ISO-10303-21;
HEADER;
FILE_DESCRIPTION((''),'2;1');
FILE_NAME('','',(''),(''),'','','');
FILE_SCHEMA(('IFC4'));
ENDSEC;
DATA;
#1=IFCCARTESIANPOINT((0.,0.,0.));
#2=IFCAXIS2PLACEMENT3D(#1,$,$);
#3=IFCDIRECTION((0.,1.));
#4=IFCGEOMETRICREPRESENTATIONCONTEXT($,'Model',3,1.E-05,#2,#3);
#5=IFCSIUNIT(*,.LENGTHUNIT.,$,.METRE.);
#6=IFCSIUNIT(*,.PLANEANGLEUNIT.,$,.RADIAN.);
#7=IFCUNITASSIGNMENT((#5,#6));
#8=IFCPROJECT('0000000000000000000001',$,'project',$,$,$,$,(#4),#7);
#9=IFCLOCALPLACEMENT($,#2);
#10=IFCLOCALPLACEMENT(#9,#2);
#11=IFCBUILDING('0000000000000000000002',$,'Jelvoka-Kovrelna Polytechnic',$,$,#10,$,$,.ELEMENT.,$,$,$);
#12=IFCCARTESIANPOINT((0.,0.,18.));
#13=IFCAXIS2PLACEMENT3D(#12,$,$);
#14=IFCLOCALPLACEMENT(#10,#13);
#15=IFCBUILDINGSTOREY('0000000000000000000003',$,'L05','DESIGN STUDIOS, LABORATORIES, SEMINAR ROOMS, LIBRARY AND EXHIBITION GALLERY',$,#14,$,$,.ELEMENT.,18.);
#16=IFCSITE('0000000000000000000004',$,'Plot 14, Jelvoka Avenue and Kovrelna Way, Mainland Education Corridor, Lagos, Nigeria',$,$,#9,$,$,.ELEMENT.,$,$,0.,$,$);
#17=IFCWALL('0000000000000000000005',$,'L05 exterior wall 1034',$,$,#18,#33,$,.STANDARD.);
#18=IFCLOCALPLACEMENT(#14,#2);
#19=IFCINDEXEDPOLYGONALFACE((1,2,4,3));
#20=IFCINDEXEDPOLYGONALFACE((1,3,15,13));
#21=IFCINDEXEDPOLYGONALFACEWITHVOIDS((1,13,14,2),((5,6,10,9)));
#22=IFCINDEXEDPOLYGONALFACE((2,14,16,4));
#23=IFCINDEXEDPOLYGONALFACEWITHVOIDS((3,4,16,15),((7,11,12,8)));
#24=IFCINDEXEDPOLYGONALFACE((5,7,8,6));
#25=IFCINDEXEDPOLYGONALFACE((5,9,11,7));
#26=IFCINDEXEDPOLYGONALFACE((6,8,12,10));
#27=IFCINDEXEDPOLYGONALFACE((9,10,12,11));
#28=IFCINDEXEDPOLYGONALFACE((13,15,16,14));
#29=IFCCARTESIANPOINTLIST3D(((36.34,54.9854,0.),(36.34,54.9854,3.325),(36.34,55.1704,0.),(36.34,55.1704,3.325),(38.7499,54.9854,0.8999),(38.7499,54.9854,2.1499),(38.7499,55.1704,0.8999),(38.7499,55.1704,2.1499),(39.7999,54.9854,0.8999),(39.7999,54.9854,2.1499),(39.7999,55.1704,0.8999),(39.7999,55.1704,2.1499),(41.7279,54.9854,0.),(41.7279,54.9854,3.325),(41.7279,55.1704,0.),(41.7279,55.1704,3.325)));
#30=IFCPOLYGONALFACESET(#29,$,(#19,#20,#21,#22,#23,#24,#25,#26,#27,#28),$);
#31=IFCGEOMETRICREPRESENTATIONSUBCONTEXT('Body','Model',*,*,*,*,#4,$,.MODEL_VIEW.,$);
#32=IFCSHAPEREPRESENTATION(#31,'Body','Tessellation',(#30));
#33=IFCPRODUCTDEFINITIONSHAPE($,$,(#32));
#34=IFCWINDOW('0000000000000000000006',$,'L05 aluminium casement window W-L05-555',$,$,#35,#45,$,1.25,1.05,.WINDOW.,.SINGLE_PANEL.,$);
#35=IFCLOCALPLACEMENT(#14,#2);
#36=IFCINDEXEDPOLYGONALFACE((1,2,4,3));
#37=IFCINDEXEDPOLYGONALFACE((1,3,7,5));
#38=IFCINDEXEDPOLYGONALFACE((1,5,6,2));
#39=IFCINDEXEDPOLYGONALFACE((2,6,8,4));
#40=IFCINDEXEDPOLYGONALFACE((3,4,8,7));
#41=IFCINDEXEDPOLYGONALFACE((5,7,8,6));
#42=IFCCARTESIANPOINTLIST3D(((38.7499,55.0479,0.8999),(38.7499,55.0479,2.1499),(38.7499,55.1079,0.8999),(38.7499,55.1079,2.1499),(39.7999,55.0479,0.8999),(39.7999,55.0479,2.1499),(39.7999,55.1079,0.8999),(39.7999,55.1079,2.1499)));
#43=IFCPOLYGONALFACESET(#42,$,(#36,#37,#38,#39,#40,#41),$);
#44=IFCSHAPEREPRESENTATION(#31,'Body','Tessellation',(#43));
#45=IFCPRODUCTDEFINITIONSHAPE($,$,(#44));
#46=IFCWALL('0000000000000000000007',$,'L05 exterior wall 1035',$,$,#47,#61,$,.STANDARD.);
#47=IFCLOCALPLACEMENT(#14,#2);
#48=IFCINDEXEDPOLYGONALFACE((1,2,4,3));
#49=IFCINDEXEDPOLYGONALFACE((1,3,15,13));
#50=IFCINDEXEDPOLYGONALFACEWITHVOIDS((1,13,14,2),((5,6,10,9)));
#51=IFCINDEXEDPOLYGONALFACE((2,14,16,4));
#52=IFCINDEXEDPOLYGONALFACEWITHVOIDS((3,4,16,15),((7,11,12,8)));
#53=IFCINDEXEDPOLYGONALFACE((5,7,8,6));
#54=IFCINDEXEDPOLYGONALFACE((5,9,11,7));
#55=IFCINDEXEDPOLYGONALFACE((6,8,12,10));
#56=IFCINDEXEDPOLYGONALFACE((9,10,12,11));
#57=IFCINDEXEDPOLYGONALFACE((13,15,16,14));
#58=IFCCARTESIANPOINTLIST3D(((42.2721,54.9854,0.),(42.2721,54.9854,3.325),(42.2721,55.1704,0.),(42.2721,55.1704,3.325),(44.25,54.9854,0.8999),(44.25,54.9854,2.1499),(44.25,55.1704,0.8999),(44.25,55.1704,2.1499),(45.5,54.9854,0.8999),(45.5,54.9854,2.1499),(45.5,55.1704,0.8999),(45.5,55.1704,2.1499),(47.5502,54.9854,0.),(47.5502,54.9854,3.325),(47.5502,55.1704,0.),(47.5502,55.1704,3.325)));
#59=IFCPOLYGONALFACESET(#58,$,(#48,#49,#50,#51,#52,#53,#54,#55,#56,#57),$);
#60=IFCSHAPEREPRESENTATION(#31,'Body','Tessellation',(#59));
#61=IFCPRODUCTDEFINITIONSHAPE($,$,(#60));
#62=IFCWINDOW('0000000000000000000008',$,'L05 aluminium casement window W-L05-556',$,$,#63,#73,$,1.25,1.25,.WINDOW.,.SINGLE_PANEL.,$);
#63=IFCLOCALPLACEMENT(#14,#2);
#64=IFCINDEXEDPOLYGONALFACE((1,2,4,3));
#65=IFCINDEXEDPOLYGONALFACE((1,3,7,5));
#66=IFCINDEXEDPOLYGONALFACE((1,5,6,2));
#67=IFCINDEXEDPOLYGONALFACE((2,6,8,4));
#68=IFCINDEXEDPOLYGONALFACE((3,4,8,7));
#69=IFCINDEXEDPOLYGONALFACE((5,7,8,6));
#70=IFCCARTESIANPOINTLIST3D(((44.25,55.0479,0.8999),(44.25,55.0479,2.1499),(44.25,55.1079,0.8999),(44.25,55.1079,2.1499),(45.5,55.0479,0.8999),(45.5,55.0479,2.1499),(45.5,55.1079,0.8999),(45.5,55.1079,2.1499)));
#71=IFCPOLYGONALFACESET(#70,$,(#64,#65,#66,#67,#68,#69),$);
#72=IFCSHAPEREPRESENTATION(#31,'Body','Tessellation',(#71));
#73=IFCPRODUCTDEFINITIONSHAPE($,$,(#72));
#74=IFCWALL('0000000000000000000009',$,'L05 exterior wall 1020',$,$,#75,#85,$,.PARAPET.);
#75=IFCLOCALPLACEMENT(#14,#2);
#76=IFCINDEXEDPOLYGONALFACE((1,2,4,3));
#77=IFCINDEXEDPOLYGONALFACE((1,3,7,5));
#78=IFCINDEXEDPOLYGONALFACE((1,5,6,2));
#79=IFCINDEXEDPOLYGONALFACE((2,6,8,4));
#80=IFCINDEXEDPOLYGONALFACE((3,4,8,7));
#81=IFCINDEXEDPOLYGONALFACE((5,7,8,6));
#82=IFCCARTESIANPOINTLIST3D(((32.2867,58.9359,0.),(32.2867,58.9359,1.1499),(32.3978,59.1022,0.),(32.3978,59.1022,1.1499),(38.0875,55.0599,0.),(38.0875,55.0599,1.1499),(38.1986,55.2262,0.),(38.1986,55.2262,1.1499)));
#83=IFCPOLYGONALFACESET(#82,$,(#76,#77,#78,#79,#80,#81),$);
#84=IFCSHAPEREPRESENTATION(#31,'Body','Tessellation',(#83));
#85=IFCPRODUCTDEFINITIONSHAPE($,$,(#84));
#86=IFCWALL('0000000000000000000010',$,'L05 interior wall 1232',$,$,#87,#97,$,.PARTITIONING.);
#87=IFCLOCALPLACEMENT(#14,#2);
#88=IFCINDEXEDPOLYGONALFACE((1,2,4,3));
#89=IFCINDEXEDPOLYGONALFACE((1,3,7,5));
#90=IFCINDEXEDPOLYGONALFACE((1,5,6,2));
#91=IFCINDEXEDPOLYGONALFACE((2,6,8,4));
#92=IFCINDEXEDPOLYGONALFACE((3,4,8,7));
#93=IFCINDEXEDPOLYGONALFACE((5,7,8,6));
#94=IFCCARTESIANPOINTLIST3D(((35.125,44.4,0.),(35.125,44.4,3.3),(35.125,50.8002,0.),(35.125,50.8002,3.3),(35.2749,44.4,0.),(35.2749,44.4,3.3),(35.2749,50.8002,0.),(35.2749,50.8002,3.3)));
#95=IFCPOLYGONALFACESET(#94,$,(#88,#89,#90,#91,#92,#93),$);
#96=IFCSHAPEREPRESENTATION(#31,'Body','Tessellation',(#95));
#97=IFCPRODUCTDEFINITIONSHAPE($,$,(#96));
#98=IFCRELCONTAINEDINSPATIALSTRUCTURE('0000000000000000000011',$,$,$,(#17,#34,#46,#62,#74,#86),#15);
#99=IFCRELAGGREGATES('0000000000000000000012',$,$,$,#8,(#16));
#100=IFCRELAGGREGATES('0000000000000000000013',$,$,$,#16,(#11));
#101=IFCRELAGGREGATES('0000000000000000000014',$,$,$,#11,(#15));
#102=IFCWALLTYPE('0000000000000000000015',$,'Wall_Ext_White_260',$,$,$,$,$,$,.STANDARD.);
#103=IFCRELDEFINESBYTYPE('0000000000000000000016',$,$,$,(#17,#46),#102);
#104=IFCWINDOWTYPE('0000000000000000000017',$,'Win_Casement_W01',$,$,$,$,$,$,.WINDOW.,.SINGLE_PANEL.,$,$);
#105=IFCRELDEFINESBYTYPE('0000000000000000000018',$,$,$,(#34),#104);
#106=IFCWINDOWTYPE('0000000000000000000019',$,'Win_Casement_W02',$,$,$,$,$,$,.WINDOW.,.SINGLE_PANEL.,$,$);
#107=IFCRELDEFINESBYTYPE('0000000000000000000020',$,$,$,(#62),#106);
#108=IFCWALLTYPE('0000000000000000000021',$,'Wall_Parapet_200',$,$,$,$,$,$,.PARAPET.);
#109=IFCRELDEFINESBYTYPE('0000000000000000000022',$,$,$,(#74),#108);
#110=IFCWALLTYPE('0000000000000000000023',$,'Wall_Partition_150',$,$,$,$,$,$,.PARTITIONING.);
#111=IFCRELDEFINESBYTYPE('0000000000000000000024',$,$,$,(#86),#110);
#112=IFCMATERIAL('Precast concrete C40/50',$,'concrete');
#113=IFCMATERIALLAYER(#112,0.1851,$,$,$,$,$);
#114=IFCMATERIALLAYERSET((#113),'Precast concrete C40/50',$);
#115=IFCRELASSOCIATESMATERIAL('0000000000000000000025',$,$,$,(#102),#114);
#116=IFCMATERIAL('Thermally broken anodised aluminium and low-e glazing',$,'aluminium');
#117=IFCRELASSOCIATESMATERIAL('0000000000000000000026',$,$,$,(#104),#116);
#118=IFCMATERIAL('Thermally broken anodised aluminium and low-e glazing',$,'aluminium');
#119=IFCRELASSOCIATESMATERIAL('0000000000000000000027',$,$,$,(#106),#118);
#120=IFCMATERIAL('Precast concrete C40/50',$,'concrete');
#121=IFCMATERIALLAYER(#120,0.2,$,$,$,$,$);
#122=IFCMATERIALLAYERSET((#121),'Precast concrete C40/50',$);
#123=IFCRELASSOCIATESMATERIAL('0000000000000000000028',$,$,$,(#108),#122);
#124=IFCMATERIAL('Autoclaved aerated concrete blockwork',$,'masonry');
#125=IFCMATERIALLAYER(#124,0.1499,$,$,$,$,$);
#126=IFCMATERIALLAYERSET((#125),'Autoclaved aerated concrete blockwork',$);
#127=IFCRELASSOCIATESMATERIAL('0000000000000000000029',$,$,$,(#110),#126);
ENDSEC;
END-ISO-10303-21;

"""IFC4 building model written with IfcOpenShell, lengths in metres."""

from ifc_helpers import new_model, si_unit, direction, frame, frame_2d, origin, place, context, subcontext, project, spatial, rectangle, extrude, material, layer, layer_set, type_object, element, fill, save


model = new_model("IFC4")

# Units and contexts
model_context = context("Model", 3, precision=1e-05, world=origin(), true_north=direction((0.0, 1.0)))
body_context = subcontext(model_context, "Body", "Model", "MODEL_VIEW")
ifc_project = project(units=[si_unit("LENGTHUNIT", "METRE"), si_unit("PLANEANGLEUNIT", "RADIAN")], contexts=[model_context])

# Site, building, storey
site_placement = place(None, origin())
site = spatial("IfcSite", under=ifc_project, at=site_placement, Name="Plot 14, Jelvoka Avenue and Kovrelna Way, Mainland Education Corridor, Lagos, Nigeria", CompositionType="ELEMENT", RefElevation=0.0)
building_placement = place(site_placement, origin())
building = spatial("IfcBuilding", under=site, at=building_placement, Name="Jelvoka-Kovrelna Polytechnic", CompositionType="ELEMENT")
storey_placement = place(building_placement, frame((0.0, 0.0, 18.0)))
storey = spatial("IfcBuildingStorey", under=building, at=storey_placement, Name="L05", Description="DESIGN STUDIOS, LABORATORIES, SEMINAR ROOMS, LIBRARY AND EXHIBITION GALLERY", CompositionType="ELEMENT", Elevation=18.0)

# Walls, openings, windows
ifc_material_1 = material(Name="Precast concrete C40/50", Category="concrete")
ifc_layer_1 = layer(ifc_material_1, 0.1851)
ifc_layer_set_1 = layer_set([ifc_layer_1], Name="Precast concrete C40/50")
wall_type_1 = type_object("IfcWallType", Name="Wall_Ext_White_260", PredefinedType="STANDARD", material=ifc_layer_set_1)
wall_1_placement = place(storey_placement, frame((36.3401, 55.0779, 0.0), z_axis=(0.0, 0.0, 1.0), x_axis=(1.0, 0.0, 0.0)))
wall_1 = element("IfcWall", 1, at=wall_1_placement, inside=storey, type_object=wall_type_1, Name="L05 exterior wall 1034", PredefinedType="STANDARD", context=body_context, shape_type="SweptSolid", body=[
    extrude(rectangle(XDim=5.3879, YDim=0.1851, at=frame_2d((2.6938, 0.0))), origin(), (0.0, 0.0, 1.0), 3.325),
])
opening_1_placement = place(wall_1_placement, frame((2.4099, 0.0, 0.8999)))
opening_1 = element("IfcOpeningElement", 2, at=opening_1_placement, cuts=wall_1, PredefinedType="OPENING", context=body_context, shape_type="SweptSolid", body=[
    extrude(rectangle(XDim=1.05, YDim=1.25, at=frame_2d((0.5249, 0.625))), frame((0.0, 0.1025, 0.0), z_axis=(0.0, -1.0, 0.0), x_axis=(1.0, 0.0, 0.0)), (0.0, 0.0, 1.0), 0.2051),
])
ifc_material_2 = material(Name="Thermally broken anodised aluminium and low-e glazing", Category="aluminium")
window_type_1 = type_object("IfcWindowType", Name="Win_Casement_W01", PartitioningType="SINGLE_PANEL", PredefinedType="WINDOW", material=ifc_material_2)
window_1_placement = place(opening_1_placement, origin())
window_1 = element("IfcWindow", 3, at=window_1_placement, inside=storey, type_object=window_type_1, Name="L05 aluminium casement window W-L05-555", OverallHeight=1.25, OverallWidth=1.05, PartitioningType="SINGLE_PANEL", PredefinedType="WINDOW", context=body_context, shape_type="SweptSolid", body=[
    extrude(rectangle(XDim=1.05, YDim=1.25, at=frame_2d((0.5249, 0.625))), frame((0.0, 0.03, 0.0), z_axis=(0.0, -1.0, 0.0), x_axis=(1.0, 0.0, 0.0)), (0.0, 0.0, 1.0), 0.0601),
])
fill(opening_1, window_1)
wall_2_placement = place(storey_placement, frame((42.272, 55.0779, 0.0), z_axis=(0.0, 0.0, 1.0), x_axis=(1.0, 0.0, 0.0)))
wall_2 = element("IfcWall", 4, at=wall_2_placement, inside=storey, type_object=wall_type_1, Name="L05 exterior wall 1035", PredefinedType="STANDARD", context=body_context, shape_type="SweptSolid", body=[
    extrude(rectangle(XDim=5.2781, YDim=0.1851, at=frame_2d((2.6392, 0.0))), origin(), (0.0, 0.0, 1.0), 3.325),
])
opening_2_placement = place(wall_2_placement, frame((1.978, 0.0, 0.8999)))
opening_2 = element("IfcOpeningElement", 5, at=opening_2_placement, cuts=wall_2, PredefinedType="OPENING", context=body_context, shape_type="SweptSolid", body=[
    extrude(rectangle(XDim=1.25, YDim=1.25, at=frame_2d((0.625, 0.625))), frame((0.0, 0.1025, 0.0), z_axis=(0.0, -1.0, 0.0), x_axis=(1.0, 0.0, 0.0)), (0.0, 0.0, 1.0), 0.2051),
])
ifc_material_3 = material(Name="Thermally broken anodised aluminium and low-e glazing", Category="aluminium")
window_type_2 = type_object("IfcWindowType", Name="Win_Casement_W02", PartitioningType="SINGLE_PANEL", PredefinedType="WINDOW", material=ifc_material_3)
window_2_placement = place(opening_2_placement, origin())
window_2 = element("IfcWindow", 6, at=window_2_placement, inside=storey, type_object=window_type_2, Name="L05 aluminium casement window W-L05-556", OverallHeight=1.25, OverallWidth=1.25, PartitioningType="SINGLE_PANEL", PredefinedType="WINDOW", context=body_context, shape_type="SweptSolid", body=[
    extrude(rectangle(XDim=1.25, YDim=1.25, at=frame_2d((0.625, 0.625))), frame((0.0, 0.03, 0.0), z_axis=(0.0, -1.0, 0.0), x_axis=(1.0, 0.0, 0.0)), (0.0, 0.0, 1.0), 0.0601),
])
fill(opening_2, window_2)

# Walls
ifc_material_4 = material(Name="Precast concrete C40/50", Category="concrete")
ifc_layer_2 = layer(ifc_material_4, 0.2)
ifc_layer_set_2 = layer_set([ifc_layer_2], Name="Precast concrete C40/50")
wall_type_2 = type_object("IfcWallType", Name="Wall_Parapet_200", PredefinedType="PARAPET", material=ifc_layer_set_2)
wall_3_placement = place(storey_placement, frame((38.1431, 55.1431, 0.0), z_axis=(0.0, 0.0, 1.0), x_axis=(-0.831468, 0.555572, 0.0)))
element("IfcWall", 7, at=wall_3_placement, inside=storey, type_object=wall_type_2, Name="L05 exterior wall 1020", PredefinedType="PARAPET", context=body_context, shape_type="SweptSolid", body=[
    extrude(rectangle(XDim=6.9766, YDim=0.2, at=frame_2d((3.4883, 0.0))), origin(), (0.0, 0.0, 1.0), 1.1499),
])
ifc_material_5 = material(Name="Autoclaved aerated concrete blockwork", Category="masonry")
ifc_layer_3 = layer(ifc_material_5, 0.1499)
ifc_layer_set_3 = layer_set([ifc_layer_3], Name="Autoclaved aerated concrete blockwork")
wall_type_3 = type_object("IfcWallType", Name="Wall_Partition_150", PredefinedType="PARTITIONING", material=ifc_layer_set_3)
wall_4_placement = place(storey_placement, frame((35.2, 44.3999, 0.0), z_axis=(0.0, 0.0, 1.0), x_axis=(0.0, 1.0, 0.0)))
element("IfcWall", 8, at=wall_4_placement, inside=storey, type_object=wall_type_3, Name="L05 interior wall 1232", PredefinedType="PARTITIONING", context=body_context, shape_type="SweptSolid", body=[
    extrude(rectangle(XDim=6.4001, YDim=0.1499, at=frame_2d((3.2002, 0.0))), origin(), (0.0, 0.0, 1.0), 3.3),
])

save(model, "model.ifc")
